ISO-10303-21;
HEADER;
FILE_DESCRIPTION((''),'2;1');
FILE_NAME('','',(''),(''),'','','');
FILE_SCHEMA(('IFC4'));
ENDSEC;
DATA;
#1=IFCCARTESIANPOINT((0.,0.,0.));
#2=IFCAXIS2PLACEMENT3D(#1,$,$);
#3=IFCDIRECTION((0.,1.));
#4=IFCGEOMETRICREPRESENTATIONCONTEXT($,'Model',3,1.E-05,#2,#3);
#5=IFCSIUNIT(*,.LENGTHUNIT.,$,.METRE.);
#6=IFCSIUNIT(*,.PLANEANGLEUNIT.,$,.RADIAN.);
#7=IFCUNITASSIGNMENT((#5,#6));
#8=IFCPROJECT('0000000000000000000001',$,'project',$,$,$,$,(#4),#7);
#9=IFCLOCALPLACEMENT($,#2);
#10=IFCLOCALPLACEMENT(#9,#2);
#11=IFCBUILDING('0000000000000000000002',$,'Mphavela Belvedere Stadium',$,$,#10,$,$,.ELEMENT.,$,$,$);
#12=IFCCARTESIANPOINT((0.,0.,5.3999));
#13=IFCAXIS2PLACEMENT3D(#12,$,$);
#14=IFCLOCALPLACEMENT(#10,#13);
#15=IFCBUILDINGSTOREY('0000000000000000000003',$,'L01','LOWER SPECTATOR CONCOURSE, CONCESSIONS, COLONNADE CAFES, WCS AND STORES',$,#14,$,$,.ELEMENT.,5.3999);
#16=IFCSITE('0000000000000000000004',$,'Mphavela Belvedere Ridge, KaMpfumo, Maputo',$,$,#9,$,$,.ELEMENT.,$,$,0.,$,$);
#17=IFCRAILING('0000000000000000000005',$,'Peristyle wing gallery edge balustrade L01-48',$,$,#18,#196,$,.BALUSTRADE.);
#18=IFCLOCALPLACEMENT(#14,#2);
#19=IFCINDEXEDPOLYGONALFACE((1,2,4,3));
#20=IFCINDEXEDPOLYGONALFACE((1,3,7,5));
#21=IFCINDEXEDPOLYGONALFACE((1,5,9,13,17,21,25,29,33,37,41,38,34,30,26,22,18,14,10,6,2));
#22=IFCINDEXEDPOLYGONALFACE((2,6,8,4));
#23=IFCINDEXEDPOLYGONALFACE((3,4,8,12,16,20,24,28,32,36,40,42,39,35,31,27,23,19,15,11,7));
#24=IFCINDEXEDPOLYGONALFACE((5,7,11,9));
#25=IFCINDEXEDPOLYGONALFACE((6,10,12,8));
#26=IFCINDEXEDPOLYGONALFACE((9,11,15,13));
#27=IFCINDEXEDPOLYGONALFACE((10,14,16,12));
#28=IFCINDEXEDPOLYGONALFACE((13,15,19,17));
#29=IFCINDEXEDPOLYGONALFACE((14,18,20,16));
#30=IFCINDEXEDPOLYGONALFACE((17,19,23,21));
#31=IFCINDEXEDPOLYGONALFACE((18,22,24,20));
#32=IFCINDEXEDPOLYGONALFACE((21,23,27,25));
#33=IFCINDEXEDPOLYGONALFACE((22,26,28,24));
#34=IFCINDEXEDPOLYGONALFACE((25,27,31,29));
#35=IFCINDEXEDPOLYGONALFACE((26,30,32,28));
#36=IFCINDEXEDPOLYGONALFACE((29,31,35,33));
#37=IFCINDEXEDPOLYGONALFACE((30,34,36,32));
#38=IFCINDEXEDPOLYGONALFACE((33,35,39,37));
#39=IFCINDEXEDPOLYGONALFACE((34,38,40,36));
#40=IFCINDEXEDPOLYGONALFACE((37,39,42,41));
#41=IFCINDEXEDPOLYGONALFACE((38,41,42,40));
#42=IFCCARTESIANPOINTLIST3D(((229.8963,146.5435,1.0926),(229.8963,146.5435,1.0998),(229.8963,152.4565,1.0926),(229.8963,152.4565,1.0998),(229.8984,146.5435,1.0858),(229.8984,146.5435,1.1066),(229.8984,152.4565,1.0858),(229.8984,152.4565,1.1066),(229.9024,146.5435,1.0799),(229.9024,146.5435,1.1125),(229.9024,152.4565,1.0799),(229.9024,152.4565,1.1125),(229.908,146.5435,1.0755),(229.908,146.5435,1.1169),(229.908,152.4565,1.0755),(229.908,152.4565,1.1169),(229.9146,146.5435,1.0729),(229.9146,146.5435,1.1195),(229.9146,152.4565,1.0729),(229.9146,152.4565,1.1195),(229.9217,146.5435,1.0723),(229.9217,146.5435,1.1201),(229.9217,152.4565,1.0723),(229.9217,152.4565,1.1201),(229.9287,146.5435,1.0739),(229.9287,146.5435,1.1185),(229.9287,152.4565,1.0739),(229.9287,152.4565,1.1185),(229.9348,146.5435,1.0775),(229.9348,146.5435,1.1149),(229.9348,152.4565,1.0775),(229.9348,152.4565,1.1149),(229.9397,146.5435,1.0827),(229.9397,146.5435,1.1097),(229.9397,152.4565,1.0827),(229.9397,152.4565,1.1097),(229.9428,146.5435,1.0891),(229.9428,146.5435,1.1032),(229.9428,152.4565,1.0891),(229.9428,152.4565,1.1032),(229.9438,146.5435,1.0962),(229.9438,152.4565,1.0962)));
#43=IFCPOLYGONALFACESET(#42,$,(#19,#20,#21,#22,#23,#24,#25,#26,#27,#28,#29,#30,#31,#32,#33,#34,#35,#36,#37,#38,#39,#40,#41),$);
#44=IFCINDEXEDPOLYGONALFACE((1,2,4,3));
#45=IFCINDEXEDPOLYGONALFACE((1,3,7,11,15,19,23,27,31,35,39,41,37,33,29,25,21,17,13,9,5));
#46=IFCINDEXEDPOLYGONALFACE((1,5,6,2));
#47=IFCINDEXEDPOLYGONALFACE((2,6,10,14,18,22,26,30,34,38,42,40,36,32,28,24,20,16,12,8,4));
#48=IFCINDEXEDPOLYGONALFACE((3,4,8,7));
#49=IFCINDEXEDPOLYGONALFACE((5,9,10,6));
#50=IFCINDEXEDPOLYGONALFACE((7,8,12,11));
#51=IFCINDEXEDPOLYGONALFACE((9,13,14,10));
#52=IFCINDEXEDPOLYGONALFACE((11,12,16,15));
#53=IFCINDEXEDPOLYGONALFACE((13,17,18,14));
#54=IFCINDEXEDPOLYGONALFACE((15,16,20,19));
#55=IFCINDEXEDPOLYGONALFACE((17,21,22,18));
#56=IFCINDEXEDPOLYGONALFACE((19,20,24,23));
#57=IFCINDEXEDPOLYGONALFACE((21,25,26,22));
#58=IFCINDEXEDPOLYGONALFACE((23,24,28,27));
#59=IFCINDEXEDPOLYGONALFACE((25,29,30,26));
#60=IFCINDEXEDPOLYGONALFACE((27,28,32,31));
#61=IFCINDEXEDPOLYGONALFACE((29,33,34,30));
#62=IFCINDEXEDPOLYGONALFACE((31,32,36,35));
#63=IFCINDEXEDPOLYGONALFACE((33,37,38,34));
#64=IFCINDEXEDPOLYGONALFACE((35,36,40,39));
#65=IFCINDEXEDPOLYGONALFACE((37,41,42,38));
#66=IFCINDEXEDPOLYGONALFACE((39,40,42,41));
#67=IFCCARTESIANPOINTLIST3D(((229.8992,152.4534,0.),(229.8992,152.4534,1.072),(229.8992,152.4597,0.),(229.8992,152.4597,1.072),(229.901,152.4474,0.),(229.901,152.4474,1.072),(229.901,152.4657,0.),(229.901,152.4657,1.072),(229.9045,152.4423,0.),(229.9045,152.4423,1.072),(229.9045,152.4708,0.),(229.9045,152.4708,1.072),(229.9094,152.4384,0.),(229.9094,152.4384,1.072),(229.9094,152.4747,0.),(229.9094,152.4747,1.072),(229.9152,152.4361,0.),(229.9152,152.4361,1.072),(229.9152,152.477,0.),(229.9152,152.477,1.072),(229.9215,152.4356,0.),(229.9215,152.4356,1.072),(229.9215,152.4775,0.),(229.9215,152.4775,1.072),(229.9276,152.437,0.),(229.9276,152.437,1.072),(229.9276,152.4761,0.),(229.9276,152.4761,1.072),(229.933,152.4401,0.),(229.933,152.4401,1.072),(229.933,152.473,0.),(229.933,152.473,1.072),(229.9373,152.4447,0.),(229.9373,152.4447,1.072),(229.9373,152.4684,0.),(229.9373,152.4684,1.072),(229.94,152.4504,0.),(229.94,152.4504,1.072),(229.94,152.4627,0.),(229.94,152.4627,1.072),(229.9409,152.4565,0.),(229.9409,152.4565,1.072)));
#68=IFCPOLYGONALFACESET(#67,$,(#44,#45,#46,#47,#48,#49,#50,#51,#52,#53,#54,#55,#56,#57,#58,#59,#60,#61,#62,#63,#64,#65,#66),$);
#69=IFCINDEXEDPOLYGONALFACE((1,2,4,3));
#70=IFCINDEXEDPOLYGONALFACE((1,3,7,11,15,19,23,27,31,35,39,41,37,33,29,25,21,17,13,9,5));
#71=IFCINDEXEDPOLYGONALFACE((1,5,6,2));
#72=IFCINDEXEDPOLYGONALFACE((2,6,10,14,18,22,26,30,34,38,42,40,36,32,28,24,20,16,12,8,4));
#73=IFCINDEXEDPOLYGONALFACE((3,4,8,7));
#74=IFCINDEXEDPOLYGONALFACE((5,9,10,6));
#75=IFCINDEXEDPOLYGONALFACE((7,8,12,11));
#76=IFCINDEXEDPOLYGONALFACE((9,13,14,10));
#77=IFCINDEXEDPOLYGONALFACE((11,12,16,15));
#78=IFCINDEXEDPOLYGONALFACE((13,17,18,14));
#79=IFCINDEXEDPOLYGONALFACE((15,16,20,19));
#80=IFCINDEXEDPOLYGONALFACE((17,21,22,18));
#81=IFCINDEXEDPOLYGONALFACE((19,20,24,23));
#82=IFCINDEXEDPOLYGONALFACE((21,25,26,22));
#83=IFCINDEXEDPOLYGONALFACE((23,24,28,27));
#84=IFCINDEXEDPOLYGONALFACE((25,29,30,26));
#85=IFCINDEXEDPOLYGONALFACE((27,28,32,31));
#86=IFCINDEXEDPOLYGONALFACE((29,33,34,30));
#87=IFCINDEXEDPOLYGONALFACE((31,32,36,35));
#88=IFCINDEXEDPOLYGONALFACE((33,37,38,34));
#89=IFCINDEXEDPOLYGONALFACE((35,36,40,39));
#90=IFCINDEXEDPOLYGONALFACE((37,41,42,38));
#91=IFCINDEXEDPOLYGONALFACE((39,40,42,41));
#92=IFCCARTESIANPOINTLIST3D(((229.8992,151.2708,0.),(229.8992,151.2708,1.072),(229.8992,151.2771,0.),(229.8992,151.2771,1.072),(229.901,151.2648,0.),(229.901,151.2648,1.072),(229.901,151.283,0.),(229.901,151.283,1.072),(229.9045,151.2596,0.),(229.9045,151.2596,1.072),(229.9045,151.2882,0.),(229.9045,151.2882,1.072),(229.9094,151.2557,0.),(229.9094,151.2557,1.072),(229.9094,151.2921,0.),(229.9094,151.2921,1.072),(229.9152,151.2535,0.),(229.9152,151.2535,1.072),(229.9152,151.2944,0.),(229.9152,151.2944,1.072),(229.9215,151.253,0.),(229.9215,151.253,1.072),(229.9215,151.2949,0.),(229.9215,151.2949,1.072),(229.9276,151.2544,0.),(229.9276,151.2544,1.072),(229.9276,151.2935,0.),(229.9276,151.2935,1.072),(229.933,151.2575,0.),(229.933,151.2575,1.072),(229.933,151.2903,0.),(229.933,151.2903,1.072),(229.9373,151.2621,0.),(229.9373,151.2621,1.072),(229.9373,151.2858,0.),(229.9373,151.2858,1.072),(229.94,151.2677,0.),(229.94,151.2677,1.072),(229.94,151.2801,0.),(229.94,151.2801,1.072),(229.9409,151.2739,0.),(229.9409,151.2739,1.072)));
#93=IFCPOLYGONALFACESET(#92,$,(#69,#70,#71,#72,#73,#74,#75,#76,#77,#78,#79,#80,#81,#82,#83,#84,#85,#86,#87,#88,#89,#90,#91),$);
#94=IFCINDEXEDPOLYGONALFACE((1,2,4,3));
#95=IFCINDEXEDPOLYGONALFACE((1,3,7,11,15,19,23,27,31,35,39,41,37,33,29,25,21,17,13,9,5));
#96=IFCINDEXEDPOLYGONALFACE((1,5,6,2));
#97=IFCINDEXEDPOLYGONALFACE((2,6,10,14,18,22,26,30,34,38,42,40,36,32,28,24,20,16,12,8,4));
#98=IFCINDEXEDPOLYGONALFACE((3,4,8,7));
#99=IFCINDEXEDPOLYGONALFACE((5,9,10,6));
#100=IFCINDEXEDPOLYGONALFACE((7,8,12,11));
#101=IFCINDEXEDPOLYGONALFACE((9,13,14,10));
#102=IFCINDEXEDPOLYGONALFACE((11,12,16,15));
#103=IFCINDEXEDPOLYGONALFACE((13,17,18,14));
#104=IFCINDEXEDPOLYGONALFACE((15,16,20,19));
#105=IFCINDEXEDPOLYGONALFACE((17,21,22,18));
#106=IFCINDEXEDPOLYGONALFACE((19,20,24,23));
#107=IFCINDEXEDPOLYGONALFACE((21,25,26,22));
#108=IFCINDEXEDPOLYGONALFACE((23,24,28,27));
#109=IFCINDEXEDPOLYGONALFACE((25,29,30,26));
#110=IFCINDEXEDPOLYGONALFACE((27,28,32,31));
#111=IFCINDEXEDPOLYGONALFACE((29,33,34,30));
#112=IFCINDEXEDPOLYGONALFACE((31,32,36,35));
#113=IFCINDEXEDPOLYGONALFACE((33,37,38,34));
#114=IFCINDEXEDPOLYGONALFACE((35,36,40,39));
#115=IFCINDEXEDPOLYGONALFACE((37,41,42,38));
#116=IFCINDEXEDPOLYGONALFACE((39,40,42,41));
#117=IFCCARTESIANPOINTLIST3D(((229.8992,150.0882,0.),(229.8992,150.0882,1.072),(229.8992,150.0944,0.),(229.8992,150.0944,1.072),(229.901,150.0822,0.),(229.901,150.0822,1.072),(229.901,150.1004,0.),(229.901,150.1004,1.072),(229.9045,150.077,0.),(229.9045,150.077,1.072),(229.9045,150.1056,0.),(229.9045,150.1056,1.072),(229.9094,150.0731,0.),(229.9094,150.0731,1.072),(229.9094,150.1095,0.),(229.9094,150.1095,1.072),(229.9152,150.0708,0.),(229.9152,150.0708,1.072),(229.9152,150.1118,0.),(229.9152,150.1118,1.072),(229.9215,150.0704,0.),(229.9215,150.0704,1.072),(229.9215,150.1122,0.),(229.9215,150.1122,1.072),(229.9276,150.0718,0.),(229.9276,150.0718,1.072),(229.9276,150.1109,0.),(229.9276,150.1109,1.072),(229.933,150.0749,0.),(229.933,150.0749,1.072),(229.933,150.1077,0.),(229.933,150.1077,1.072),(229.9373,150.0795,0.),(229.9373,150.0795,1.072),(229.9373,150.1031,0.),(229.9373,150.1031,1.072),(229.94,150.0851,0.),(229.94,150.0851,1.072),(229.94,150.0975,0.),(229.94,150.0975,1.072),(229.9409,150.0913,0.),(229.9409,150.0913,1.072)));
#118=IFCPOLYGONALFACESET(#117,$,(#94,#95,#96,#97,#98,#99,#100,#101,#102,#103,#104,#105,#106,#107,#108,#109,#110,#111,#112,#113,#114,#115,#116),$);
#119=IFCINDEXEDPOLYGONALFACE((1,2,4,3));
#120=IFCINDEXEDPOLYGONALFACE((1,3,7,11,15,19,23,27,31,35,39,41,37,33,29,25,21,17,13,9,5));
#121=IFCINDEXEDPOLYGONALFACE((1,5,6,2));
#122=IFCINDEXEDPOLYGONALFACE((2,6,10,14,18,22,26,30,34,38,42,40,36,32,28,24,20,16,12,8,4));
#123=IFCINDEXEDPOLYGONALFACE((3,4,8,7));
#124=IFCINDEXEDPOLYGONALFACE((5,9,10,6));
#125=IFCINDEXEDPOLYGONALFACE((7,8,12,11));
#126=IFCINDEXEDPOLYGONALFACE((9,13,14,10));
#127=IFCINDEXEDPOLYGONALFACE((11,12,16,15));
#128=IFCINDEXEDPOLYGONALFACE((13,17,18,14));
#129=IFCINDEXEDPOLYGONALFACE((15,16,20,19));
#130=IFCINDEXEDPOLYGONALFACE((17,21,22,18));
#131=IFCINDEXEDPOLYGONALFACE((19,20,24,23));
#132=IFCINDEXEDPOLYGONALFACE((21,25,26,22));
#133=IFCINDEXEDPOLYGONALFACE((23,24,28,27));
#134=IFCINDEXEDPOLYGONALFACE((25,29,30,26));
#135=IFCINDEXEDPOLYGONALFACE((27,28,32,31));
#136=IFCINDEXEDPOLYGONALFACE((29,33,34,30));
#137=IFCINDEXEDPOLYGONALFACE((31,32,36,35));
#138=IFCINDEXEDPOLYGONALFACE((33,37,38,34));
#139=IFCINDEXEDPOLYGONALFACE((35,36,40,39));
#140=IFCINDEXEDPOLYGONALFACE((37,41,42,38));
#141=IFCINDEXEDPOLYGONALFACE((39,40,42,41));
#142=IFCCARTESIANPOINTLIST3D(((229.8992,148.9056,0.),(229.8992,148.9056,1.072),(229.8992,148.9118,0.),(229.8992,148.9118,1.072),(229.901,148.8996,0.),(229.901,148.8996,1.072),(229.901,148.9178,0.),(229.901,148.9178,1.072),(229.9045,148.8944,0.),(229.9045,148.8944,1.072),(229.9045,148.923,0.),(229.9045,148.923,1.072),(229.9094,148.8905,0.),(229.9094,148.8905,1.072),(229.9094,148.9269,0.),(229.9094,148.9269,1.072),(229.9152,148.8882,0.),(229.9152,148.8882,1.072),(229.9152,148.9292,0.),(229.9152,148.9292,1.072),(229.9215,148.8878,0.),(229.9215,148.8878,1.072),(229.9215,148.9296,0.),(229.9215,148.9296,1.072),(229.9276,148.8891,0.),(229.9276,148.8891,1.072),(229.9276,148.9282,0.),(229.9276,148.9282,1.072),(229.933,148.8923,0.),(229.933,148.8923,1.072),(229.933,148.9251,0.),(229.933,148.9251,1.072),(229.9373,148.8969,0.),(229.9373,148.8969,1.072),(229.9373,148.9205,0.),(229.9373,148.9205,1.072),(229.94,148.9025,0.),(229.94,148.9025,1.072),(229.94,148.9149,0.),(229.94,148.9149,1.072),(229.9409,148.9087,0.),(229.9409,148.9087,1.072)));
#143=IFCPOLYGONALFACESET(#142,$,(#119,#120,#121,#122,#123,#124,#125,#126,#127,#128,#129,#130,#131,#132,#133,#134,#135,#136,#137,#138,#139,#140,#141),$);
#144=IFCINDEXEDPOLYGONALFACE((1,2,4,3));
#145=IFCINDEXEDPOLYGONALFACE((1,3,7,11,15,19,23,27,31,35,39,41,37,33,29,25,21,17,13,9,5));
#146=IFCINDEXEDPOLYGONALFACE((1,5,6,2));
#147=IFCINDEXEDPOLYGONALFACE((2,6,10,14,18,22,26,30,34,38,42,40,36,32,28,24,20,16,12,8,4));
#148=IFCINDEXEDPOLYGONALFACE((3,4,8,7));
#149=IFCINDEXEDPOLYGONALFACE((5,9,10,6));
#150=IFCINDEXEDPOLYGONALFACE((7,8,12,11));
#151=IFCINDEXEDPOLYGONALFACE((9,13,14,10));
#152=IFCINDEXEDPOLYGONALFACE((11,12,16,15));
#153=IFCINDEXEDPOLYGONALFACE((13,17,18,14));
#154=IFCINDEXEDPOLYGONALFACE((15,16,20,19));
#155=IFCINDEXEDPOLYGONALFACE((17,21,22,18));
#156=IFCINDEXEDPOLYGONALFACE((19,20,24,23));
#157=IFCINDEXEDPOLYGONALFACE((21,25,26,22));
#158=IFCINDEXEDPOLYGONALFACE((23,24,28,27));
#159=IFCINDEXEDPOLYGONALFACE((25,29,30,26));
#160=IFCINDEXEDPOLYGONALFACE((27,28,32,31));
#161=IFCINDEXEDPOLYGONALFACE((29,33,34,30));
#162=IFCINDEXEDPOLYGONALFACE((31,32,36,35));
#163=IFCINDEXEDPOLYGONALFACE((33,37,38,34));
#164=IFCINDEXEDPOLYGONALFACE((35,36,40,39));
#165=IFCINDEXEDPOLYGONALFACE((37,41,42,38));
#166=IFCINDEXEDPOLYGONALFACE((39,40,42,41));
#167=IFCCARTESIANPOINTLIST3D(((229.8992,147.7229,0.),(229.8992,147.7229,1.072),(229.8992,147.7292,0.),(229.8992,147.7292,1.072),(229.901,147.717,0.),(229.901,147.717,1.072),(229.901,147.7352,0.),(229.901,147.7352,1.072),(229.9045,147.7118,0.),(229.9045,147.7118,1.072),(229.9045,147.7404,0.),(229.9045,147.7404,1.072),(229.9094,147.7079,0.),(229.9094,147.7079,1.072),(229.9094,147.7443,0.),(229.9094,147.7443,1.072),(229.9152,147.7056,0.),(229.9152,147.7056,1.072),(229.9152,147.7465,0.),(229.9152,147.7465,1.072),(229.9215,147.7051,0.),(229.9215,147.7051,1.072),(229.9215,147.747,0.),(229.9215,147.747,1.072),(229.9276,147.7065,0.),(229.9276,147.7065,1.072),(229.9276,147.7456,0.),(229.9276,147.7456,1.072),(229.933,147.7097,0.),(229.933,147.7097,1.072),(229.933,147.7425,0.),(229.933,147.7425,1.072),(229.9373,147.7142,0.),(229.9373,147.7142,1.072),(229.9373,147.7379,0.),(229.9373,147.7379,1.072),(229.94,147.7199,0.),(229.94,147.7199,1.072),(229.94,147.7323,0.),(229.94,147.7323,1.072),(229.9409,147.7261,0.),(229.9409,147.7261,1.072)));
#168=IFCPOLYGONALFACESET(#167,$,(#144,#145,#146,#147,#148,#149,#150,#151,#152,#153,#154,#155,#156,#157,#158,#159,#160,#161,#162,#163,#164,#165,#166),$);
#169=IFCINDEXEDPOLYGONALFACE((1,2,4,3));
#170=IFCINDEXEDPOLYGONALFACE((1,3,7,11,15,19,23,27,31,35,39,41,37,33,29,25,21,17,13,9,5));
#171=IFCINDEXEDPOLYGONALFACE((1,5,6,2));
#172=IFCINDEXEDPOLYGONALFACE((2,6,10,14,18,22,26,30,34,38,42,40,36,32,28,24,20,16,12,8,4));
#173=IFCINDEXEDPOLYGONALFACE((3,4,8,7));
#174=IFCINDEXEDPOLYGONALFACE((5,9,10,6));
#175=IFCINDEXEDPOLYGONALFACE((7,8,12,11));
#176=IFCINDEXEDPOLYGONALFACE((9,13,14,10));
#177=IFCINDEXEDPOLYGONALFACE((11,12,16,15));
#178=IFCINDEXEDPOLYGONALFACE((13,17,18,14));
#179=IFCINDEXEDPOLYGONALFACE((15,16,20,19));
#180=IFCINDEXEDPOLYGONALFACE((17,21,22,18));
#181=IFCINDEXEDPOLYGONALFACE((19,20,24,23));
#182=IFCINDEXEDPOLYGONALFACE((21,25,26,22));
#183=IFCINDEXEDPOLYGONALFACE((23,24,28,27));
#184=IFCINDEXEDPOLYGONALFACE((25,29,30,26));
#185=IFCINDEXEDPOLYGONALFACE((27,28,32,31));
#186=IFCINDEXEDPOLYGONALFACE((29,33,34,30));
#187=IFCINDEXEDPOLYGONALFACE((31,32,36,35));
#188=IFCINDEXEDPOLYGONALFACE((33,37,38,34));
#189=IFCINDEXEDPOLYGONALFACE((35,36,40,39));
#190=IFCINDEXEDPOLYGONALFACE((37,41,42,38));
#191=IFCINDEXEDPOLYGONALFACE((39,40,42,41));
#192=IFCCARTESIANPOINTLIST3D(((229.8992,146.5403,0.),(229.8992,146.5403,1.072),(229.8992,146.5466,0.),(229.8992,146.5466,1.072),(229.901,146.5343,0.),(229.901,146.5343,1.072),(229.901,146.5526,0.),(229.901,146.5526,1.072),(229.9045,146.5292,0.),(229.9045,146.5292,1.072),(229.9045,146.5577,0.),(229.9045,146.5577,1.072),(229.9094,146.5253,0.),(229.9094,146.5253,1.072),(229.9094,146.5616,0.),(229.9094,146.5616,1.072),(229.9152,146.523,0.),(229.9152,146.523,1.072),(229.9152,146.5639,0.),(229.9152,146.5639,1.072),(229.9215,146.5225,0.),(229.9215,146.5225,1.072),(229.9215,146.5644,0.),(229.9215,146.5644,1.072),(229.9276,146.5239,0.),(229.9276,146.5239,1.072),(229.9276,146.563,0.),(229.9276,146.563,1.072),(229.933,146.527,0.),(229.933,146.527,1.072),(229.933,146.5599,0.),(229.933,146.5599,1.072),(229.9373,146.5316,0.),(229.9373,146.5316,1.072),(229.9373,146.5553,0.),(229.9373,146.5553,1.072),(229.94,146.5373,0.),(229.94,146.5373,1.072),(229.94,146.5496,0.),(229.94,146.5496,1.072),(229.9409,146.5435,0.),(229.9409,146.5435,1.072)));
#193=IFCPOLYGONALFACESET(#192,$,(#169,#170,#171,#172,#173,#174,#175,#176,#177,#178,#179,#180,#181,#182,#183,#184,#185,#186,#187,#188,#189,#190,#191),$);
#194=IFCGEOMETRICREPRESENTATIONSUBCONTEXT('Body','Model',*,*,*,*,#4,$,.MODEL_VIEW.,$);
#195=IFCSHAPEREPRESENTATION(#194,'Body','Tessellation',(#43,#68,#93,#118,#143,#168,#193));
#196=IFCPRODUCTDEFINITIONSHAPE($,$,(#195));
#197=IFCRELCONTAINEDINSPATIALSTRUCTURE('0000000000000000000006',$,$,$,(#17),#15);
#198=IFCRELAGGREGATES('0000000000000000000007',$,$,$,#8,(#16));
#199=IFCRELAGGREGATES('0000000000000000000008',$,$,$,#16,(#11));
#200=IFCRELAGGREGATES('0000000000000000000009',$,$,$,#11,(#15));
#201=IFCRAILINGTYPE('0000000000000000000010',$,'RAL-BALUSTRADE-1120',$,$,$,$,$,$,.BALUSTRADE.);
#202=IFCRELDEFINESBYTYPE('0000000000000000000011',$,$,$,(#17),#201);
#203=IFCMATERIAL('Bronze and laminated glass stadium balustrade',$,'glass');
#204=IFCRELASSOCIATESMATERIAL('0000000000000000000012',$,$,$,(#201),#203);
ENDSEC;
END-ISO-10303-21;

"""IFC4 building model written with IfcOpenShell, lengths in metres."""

from ifc_helpers import new_model, si_unit, direction, frame, origin, origin_2d, place, context, subcontext, project, spatial, circle, extrude, material, type_object, element, save


model = new_model("IFC4")

# Units and contexts
model_context = context("Model", 3, precision=1e-05, world=origin(), true_north=direction((0.0, 1.0)))
body_context = subcontext(model_context, "Body", "Model", "MODEL_VIEW")
ifc_project = project(units=[si_unit("LENGTHUNIT", "METRE"), si_unit("PLANEANGLEUNIT", "RADIAN")], contexts=[model_context])

# Site, building, storey
site_placement = place(None, origin())
site = spatial("IfcSite", under=ifc_project, at=site_placement, Name="Mphavela Belvedere Ridge, KaMpfumo, Maputo", CompositionType="ELEMENT", RefElevation=0.0)
building_placement = place(site_placement, origin())
building = spatial("IfcBuilding", under=site, at=building_placement, Name="Mphavela Belvedere Stadium", CompositionType="ELEMENT")
storey_placement = place(building_placement, frame((0.0, 0.0, 5.3999)))
storey = spatial("IfcBuildingStorey", under=building, at=storey_placement, Name="L01", Description="LOWER SPECTATOR CONCOURSE, CONCESSIONS, COLONNADE CAFES, WCS AND STORES", CompositionType="ELEMENT", Elevation=5.3999)

# Railing
ifc_material_1 = material(Name="Bronze and laminated glass stadium balustrade", Category="glass")
railing_type = type_object("IfcRailingType", Name="RAL-BALUSTRADE-1120", PredefinedType="BALUSTRADE", material=ifc_material_1)
for number, where, name in (
    (1, (229.9199, 152.4565, 0.0), "Peristyle wing gallery edge balustrade L01-48"),
):
    element("IfcRailing", number, at=place(storey_placement, frame(where)), inside=storey, type_object=railing_type, Name=name, PredefinedType="BALUSTRADE", context=body_context, shape_type="SweptSolid", body=[
        extrude(circle(Radius=0.0239, at=origin_2d()), frame((0.0, 0.0, 1.0962), z_axis=(0.0, -1.0, 0.0), x_axis=(1.0, 0.0, 0.0)), (0.0, 0.0, 1.0), 5.9131),
        extrude(circle(Radius=0.021, at=origin_2d()), origin(), (0.0, 0.0, 1.0), 1.072),
        extrude(circle(Radius=0.021, at=origin_2d()), frame((0.0, -1.1826, 0.0)), (0.0, 0.0, 1.0), 1.072),
        extrude(circle(Radius=0.021, at=origin_2d()), frame((0.0, -2.3652, 0.0)), (0.0, 0.0, 1.0), 1.072),
        extrude(circle(Radius=0.021, at=origin_2d()), frame((0.0, -3.5479, 0.0)), (0.0, 0.0, 1.0), 1.072),
        extrude(circle(Radius=0.021, at=origin_2d()), frame((0.0, -4.7305, 0.0)), (0.0, 0.0, 1.0), 1.072),
        extrude(circle(Radius=0.021, at=origin_2d()), frame((0.0, -5.9131, 0.0)), (0.0, 0.0, 1.0), 1.072),
    ])

save(model, "model.ifc")
